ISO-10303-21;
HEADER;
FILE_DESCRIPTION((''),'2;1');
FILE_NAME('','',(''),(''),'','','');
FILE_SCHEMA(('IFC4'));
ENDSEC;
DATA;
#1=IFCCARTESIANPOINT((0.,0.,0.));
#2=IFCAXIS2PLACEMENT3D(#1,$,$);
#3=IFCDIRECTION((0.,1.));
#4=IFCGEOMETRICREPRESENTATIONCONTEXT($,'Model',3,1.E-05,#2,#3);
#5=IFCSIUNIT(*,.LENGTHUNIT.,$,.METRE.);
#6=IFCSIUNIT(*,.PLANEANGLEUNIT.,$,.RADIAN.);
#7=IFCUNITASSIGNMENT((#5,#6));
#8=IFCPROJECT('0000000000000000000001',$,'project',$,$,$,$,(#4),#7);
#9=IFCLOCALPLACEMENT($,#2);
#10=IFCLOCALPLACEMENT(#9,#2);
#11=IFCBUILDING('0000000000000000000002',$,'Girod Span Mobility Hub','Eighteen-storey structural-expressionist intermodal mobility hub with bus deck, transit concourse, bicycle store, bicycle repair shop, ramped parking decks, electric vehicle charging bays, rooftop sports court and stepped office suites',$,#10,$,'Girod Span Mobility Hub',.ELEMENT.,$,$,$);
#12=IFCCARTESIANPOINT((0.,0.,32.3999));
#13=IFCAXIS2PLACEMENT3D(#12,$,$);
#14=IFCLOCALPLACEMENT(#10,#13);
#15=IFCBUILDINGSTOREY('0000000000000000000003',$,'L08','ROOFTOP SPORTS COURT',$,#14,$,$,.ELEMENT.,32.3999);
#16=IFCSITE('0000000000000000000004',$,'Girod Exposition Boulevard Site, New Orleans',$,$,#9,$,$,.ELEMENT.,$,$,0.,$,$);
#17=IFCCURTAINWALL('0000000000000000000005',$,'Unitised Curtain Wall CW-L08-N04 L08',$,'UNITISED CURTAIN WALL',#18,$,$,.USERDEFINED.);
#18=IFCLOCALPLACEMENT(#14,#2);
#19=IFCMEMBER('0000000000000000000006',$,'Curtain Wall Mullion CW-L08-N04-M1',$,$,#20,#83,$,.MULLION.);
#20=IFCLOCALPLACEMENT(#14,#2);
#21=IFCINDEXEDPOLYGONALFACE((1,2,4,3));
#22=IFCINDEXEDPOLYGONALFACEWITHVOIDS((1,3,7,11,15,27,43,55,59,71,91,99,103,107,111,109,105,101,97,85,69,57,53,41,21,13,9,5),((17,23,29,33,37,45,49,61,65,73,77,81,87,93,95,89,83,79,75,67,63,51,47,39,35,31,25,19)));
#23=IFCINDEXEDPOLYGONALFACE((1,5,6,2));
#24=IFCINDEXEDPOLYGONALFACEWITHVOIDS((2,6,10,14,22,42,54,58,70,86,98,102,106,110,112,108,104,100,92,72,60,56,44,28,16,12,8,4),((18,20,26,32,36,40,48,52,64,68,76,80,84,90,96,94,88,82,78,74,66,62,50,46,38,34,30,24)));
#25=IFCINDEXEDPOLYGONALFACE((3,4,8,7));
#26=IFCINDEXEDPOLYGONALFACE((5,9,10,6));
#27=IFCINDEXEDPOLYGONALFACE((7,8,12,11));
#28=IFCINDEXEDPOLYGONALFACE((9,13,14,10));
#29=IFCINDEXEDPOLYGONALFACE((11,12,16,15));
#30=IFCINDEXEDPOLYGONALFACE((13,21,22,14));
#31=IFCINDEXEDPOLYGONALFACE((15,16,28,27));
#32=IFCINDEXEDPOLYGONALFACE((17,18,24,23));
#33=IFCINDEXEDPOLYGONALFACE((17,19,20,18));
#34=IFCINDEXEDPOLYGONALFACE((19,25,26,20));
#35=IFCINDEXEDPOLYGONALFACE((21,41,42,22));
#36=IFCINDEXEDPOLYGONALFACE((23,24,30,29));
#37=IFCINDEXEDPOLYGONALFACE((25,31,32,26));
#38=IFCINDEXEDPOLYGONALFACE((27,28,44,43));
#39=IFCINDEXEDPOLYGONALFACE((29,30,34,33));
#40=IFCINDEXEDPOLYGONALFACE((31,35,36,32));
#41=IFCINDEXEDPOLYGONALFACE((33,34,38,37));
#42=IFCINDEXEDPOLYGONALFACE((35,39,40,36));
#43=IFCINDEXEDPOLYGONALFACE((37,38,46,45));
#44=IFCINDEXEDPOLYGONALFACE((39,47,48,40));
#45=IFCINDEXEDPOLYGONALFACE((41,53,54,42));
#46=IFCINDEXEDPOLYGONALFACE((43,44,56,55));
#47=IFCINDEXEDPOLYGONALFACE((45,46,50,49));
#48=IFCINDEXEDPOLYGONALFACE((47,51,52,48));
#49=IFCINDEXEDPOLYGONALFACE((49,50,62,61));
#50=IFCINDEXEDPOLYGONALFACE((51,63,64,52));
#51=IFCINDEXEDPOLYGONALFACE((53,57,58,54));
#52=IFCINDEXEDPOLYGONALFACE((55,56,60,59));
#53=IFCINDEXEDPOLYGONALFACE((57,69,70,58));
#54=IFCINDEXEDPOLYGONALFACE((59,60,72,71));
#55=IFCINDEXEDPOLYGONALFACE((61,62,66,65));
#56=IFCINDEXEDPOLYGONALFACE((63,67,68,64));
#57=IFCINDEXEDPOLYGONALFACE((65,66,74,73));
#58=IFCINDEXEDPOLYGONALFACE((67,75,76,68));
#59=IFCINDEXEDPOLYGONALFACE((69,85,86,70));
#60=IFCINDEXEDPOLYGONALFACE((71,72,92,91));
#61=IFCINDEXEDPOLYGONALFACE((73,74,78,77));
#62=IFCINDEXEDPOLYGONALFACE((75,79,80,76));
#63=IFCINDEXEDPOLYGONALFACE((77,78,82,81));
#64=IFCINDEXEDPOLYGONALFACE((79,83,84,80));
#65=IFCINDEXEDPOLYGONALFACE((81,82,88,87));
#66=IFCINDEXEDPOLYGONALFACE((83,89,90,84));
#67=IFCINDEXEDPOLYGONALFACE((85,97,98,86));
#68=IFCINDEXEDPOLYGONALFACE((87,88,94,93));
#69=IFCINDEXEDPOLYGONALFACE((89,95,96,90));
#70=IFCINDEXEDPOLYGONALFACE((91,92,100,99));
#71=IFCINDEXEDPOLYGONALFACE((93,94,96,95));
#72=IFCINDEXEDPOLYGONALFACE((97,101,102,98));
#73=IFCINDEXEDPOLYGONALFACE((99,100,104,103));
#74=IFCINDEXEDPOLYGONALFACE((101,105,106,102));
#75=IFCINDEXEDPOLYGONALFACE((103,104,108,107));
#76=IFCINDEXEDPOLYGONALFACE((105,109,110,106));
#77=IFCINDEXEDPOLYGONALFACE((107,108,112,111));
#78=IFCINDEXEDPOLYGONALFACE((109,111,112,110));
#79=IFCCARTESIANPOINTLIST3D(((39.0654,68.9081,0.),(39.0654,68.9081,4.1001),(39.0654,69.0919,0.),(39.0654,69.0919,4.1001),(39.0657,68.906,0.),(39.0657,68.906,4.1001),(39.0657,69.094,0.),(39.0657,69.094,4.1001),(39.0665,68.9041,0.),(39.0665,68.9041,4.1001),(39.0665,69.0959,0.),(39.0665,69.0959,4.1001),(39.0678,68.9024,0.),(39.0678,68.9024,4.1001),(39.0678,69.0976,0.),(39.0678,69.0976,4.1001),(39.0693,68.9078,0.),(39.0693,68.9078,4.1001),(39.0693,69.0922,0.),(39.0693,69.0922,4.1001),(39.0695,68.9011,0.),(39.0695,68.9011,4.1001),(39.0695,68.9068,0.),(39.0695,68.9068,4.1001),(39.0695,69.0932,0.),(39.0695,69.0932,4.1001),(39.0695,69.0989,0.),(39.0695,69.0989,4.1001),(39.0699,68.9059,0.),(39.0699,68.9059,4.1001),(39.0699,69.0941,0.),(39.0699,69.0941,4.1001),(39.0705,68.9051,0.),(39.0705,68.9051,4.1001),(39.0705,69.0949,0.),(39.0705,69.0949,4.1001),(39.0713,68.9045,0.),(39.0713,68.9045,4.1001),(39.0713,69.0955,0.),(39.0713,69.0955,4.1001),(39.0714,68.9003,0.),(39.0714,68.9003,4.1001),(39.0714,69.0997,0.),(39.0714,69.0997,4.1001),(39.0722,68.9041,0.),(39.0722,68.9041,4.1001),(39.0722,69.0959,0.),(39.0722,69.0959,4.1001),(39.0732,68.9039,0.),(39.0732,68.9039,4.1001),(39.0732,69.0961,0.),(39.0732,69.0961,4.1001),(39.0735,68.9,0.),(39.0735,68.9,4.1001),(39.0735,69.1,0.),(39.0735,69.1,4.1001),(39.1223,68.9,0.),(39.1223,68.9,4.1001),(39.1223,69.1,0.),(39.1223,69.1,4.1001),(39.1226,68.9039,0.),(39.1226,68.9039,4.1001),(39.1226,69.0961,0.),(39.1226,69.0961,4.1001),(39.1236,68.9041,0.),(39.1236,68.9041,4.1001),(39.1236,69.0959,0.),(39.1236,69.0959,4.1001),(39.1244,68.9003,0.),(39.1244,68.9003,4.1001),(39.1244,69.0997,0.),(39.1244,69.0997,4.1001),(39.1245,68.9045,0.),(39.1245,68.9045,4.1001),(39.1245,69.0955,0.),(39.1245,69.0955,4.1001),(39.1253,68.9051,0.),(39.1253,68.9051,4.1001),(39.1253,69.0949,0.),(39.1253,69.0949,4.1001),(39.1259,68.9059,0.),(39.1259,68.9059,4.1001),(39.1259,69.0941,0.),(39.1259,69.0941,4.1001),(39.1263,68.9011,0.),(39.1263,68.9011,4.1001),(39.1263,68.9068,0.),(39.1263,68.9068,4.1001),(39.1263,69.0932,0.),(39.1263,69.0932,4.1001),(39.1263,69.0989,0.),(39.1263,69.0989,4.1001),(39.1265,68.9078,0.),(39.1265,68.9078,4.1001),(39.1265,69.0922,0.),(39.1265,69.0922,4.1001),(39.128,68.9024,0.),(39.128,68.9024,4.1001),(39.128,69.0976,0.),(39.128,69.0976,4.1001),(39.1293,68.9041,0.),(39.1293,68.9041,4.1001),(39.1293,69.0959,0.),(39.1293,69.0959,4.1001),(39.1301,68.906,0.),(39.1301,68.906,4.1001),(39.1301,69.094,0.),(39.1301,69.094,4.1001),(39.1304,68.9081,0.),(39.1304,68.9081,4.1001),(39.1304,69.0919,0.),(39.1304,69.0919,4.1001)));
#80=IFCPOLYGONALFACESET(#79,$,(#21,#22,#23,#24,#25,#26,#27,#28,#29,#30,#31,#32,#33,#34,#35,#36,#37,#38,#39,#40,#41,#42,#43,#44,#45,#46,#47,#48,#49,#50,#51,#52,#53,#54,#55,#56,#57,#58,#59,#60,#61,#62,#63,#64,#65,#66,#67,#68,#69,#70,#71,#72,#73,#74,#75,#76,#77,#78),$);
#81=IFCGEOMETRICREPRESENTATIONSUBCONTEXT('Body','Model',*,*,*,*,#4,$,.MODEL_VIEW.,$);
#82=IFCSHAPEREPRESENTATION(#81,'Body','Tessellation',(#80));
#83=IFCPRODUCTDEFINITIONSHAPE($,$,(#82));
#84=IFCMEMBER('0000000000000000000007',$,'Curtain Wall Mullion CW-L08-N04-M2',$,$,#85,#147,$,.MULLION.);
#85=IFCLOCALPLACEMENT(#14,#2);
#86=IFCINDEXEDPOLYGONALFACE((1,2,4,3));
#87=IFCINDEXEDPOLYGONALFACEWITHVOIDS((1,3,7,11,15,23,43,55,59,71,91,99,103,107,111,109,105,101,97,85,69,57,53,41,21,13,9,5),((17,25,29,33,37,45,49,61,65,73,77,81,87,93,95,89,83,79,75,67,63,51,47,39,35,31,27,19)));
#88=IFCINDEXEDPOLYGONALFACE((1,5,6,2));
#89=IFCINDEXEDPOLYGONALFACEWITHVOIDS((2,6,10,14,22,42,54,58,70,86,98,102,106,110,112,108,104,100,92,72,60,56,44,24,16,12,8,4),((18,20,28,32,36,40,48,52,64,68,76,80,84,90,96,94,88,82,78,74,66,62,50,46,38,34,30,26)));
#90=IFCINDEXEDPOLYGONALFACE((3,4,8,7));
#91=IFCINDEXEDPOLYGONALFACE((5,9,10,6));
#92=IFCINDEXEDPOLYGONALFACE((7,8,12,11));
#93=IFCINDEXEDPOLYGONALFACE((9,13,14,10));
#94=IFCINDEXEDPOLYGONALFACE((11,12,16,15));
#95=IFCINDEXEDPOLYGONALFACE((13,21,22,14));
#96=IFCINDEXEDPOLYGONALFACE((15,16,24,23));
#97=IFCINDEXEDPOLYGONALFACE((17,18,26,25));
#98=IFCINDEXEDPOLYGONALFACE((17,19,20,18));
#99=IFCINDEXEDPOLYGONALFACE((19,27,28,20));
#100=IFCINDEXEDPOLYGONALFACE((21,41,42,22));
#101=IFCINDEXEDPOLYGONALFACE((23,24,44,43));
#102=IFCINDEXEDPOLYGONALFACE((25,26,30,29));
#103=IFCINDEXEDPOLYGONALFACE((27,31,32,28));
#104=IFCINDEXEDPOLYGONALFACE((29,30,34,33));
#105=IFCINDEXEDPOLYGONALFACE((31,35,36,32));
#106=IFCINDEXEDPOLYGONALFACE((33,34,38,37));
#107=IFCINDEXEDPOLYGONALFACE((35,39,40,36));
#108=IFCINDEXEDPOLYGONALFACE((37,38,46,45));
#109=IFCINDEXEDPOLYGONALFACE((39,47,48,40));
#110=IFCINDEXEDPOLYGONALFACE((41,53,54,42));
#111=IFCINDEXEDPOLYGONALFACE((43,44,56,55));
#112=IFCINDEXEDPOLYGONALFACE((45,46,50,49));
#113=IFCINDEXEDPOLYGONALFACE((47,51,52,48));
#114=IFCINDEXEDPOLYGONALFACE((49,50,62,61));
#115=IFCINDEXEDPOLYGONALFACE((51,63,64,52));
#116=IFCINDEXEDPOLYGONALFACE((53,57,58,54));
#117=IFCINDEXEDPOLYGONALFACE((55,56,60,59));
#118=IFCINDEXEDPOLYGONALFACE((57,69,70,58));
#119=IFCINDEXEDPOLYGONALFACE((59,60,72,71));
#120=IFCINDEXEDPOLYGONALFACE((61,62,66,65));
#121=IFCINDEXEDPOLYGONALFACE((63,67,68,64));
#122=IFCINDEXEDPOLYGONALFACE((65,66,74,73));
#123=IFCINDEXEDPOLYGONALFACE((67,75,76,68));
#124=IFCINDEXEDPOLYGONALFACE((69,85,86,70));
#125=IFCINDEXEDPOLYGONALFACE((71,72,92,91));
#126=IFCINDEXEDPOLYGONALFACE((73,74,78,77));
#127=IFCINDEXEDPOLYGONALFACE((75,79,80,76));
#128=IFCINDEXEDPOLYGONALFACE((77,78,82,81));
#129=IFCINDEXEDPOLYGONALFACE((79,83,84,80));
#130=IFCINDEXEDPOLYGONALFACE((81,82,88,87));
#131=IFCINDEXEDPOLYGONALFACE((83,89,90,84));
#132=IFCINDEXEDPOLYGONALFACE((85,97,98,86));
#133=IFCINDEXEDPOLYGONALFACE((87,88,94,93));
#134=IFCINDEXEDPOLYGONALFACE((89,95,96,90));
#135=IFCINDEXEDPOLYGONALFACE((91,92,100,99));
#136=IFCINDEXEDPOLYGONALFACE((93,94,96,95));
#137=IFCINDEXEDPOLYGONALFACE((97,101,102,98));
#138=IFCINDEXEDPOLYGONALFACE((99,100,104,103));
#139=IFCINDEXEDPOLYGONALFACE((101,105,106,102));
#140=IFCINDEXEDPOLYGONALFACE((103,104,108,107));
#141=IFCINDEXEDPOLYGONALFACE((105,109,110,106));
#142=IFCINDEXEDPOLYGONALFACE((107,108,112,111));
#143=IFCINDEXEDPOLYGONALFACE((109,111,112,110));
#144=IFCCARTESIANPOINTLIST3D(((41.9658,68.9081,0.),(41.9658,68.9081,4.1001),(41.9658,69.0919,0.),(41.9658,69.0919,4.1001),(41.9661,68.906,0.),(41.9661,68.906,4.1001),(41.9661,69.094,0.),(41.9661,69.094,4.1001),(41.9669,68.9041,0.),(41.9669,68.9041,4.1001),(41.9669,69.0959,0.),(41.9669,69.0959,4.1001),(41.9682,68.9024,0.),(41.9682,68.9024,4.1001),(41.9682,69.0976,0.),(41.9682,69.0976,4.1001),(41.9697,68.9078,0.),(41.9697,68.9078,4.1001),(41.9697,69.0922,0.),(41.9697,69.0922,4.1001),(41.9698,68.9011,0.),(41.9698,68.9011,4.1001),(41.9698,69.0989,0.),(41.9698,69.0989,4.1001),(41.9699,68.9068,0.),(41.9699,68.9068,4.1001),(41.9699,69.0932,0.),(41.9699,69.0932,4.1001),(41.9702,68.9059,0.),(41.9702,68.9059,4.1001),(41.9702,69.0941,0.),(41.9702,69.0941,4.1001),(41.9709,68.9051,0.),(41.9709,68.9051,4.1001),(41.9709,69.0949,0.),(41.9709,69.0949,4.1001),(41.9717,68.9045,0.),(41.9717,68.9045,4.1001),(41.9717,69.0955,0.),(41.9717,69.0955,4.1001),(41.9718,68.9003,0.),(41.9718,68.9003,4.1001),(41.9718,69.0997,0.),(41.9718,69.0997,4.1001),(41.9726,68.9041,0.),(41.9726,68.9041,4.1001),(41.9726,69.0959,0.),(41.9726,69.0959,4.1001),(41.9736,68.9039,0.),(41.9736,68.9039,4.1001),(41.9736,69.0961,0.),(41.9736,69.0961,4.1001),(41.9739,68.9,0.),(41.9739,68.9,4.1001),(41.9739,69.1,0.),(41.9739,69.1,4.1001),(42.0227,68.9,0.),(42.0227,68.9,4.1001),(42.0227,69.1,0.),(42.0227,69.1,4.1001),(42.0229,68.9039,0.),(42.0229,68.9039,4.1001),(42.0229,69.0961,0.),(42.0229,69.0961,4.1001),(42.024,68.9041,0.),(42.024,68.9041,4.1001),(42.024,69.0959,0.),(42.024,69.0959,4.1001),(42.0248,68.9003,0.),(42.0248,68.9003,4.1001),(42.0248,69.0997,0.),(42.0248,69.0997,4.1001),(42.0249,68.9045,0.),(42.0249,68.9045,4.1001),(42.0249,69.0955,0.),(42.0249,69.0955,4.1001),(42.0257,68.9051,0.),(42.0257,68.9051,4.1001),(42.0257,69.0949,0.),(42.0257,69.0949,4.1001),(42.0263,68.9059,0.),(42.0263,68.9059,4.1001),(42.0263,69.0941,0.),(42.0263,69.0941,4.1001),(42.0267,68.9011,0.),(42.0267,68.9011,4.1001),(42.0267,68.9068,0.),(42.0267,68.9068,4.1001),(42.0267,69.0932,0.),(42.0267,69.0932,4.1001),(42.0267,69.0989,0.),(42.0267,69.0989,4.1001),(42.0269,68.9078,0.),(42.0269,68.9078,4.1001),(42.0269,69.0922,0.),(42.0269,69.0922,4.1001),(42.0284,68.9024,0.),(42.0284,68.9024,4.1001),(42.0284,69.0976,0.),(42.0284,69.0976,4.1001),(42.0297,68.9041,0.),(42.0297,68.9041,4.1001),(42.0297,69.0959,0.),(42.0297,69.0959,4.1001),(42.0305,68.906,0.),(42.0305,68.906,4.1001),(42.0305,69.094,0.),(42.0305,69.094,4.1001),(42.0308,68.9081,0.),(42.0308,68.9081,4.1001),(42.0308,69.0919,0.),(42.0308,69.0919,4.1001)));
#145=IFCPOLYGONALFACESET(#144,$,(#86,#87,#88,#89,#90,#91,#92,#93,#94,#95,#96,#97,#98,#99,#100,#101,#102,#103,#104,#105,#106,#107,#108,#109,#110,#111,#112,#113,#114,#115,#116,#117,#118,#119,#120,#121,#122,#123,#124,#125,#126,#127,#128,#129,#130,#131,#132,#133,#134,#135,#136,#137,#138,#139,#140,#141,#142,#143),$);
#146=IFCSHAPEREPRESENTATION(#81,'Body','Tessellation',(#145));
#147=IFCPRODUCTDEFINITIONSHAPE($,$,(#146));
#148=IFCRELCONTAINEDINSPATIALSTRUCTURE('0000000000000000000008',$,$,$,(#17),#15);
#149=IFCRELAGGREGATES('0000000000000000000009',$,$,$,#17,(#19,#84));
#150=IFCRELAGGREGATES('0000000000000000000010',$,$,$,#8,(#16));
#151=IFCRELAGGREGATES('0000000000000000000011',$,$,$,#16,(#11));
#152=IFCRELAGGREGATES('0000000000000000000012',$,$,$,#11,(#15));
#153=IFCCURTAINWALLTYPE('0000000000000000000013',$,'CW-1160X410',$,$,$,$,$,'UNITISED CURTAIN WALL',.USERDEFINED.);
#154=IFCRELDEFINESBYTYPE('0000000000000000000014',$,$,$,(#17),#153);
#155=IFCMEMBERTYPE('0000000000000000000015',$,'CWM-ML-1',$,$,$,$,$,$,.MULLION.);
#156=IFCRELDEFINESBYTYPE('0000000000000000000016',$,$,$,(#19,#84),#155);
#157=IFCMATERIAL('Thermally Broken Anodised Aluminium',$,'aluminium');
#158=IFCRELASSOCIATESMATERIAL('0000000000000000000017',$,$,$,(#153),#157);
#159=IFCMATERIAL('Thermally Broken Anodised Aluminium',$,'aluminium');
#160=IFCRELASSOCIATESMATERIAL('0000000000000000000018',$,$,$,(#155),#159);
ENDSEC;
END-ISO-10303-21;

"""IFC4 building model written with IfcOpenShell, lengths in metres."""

from ifc_helpers import new_model, si_unit, direction, frame, origin, origin_2d, place, context, subcontext, project, spatial, hollow_rectangle, extrude, material, material_profile, profile_set, type_object, element, aggregate, save


model = new_model("IFC4")

# Units and contexts
model_context = context("Model", 3, precision=1e-05, world=origin(), true_north=direction((0.0, 1.0)))
body_context = subcontext(model_context, "Body", "Model", "MODEL_VIEW")
ifc_project = project(units=[si_unit("LENGTHUNIT", "METRE"), si_unit("PLANEANGLEUNIT", "RADIAN")], contexts=[model_context])

# Site, building, storey
site_placement = place(None, origin())
site = spatial("IfcSite", under=ifc_project, at=site_placement, Name="Girod Exposition Boulevard Site, New Orleans", CompositionType="ELEMENT", RefElevation=0.0)
building_placement = place(site_placement, origin())
building = spatial("IfcBuilding", under=site, at=building_placement, Name="Girod Span Mobility Hub", Description="Eighteen-storey structural-expressionist intermodal mobility hub with bus deck, transit concourse, bicycle store, bicycle repair shop, ramped parking decks, electric vehicle charging bays, rooftop sports court and stepped office suites", LongName="Girod Span Mobility Hub", CompositionType="ELEMENT")
storey_placement = place(building_placement, frame((0.0, 0.0, 32.3999)))
storey = spatial("IfcBuildingStorey", under=building, at=storey_placement, Name="L08", Description="ROOFTOP SPORTS COURT", CompositionType="ELEMENT", Elevation=32.3999)

# Curtain wall, members
ifc_material_1 = material(Name="Thermally Broken Anodised Aluminium", Category="aluminium")
curtain_wall_type = type_object("IfcCurtainWallType", Name="CW-1160X410", ElementType="UNITISED CURTAIN WALL", PredefinedType="USERDEFINED", material=ifc_material_1)
curtain_wall_placement = place(storey_placement, origin())
curtain_wall = element("IfcCurtainWall", 1, at=curtain_wall_placement, inside=storey, type_object=curtain_wall_type, Name="Unitised Curtain Wall CW-L08-N04 L08", ObjectType="UNITISED CURTAIN WALL", PredefinedType="USERDEFINED")
ifc_material_2 = material(Name="Thermally Broken Anodised Aluminium", Category="aluminium")
ifc_material_profile_1 = material_profile(ifc_material_2, hollow_rectangle(XDim=0.2, YDim=0.0649, WallThickness=0.0039, InnerFilletRadius=0.0039, OuterFilletRadius=0.0081, at=origin_2d()), Name="CW-ML-65X200")
ifc_profile_set_1 = profile_set([ifc_material_profile_1], Name="Thermally Broken Anodised Aluminium")
member_type_1 = type_object("IfcMemberType", Name="CWM-ML-1", PredefinedType="MULLION", material=ifc_profile_set_1)
member_1_placement = place(storey_placement, frame((39.0979, 69.0, 0.0), z_axis=(0.0, 0.0, 1.0), x_axis=(0.0, 1.0, 0.0)))
member_1 = element("IfcMember", 2, at=member_1_placement, type_object=member_type_1, Name="Curtain Wall Mullion CW-L08-N04-M1", PredefinedType="MULLION", context=body_context, shape_type="SweptSolid", body=[
    extrude(hollow_rectangle(XDim=0.2, YDim=0.0649, WallThickness=0.0039, InnerFilletRadius=0.0039, OuterFilletRadius=0.0081, at=origin_2d()), origin(), (0.0, 0.0, 1.0), 4.1001),
])
member_2_placement = place(storey_placement, frame((41.9983, 69.0, 0.0), z_axis=(0.0, 0.0, 1.0), x_axis=(0.0, 1.0, 0.0)))
member_2 = element("IfcMember", 3, at=member_2_placement, type_object=member_type_1, Name="Curtain Wall Mullion CW-L08-N04-M2", PredefinedType="MULLION", context=body_context, shape_type="SweptSolid", body=[
    extrude(hollow_rectangle(XDim=0.2, YDim=0.0649, WallThickness=0.0039, InnerFilletRadius=0.0039, OuterFilletRadius=0.0081, at=origin_2d()), origin(), (0.0, 0.0, 1.0), 4.1001),
])

aggregate(curtain_wall, [member_1, member_2])

save(model, "model.ifc")
